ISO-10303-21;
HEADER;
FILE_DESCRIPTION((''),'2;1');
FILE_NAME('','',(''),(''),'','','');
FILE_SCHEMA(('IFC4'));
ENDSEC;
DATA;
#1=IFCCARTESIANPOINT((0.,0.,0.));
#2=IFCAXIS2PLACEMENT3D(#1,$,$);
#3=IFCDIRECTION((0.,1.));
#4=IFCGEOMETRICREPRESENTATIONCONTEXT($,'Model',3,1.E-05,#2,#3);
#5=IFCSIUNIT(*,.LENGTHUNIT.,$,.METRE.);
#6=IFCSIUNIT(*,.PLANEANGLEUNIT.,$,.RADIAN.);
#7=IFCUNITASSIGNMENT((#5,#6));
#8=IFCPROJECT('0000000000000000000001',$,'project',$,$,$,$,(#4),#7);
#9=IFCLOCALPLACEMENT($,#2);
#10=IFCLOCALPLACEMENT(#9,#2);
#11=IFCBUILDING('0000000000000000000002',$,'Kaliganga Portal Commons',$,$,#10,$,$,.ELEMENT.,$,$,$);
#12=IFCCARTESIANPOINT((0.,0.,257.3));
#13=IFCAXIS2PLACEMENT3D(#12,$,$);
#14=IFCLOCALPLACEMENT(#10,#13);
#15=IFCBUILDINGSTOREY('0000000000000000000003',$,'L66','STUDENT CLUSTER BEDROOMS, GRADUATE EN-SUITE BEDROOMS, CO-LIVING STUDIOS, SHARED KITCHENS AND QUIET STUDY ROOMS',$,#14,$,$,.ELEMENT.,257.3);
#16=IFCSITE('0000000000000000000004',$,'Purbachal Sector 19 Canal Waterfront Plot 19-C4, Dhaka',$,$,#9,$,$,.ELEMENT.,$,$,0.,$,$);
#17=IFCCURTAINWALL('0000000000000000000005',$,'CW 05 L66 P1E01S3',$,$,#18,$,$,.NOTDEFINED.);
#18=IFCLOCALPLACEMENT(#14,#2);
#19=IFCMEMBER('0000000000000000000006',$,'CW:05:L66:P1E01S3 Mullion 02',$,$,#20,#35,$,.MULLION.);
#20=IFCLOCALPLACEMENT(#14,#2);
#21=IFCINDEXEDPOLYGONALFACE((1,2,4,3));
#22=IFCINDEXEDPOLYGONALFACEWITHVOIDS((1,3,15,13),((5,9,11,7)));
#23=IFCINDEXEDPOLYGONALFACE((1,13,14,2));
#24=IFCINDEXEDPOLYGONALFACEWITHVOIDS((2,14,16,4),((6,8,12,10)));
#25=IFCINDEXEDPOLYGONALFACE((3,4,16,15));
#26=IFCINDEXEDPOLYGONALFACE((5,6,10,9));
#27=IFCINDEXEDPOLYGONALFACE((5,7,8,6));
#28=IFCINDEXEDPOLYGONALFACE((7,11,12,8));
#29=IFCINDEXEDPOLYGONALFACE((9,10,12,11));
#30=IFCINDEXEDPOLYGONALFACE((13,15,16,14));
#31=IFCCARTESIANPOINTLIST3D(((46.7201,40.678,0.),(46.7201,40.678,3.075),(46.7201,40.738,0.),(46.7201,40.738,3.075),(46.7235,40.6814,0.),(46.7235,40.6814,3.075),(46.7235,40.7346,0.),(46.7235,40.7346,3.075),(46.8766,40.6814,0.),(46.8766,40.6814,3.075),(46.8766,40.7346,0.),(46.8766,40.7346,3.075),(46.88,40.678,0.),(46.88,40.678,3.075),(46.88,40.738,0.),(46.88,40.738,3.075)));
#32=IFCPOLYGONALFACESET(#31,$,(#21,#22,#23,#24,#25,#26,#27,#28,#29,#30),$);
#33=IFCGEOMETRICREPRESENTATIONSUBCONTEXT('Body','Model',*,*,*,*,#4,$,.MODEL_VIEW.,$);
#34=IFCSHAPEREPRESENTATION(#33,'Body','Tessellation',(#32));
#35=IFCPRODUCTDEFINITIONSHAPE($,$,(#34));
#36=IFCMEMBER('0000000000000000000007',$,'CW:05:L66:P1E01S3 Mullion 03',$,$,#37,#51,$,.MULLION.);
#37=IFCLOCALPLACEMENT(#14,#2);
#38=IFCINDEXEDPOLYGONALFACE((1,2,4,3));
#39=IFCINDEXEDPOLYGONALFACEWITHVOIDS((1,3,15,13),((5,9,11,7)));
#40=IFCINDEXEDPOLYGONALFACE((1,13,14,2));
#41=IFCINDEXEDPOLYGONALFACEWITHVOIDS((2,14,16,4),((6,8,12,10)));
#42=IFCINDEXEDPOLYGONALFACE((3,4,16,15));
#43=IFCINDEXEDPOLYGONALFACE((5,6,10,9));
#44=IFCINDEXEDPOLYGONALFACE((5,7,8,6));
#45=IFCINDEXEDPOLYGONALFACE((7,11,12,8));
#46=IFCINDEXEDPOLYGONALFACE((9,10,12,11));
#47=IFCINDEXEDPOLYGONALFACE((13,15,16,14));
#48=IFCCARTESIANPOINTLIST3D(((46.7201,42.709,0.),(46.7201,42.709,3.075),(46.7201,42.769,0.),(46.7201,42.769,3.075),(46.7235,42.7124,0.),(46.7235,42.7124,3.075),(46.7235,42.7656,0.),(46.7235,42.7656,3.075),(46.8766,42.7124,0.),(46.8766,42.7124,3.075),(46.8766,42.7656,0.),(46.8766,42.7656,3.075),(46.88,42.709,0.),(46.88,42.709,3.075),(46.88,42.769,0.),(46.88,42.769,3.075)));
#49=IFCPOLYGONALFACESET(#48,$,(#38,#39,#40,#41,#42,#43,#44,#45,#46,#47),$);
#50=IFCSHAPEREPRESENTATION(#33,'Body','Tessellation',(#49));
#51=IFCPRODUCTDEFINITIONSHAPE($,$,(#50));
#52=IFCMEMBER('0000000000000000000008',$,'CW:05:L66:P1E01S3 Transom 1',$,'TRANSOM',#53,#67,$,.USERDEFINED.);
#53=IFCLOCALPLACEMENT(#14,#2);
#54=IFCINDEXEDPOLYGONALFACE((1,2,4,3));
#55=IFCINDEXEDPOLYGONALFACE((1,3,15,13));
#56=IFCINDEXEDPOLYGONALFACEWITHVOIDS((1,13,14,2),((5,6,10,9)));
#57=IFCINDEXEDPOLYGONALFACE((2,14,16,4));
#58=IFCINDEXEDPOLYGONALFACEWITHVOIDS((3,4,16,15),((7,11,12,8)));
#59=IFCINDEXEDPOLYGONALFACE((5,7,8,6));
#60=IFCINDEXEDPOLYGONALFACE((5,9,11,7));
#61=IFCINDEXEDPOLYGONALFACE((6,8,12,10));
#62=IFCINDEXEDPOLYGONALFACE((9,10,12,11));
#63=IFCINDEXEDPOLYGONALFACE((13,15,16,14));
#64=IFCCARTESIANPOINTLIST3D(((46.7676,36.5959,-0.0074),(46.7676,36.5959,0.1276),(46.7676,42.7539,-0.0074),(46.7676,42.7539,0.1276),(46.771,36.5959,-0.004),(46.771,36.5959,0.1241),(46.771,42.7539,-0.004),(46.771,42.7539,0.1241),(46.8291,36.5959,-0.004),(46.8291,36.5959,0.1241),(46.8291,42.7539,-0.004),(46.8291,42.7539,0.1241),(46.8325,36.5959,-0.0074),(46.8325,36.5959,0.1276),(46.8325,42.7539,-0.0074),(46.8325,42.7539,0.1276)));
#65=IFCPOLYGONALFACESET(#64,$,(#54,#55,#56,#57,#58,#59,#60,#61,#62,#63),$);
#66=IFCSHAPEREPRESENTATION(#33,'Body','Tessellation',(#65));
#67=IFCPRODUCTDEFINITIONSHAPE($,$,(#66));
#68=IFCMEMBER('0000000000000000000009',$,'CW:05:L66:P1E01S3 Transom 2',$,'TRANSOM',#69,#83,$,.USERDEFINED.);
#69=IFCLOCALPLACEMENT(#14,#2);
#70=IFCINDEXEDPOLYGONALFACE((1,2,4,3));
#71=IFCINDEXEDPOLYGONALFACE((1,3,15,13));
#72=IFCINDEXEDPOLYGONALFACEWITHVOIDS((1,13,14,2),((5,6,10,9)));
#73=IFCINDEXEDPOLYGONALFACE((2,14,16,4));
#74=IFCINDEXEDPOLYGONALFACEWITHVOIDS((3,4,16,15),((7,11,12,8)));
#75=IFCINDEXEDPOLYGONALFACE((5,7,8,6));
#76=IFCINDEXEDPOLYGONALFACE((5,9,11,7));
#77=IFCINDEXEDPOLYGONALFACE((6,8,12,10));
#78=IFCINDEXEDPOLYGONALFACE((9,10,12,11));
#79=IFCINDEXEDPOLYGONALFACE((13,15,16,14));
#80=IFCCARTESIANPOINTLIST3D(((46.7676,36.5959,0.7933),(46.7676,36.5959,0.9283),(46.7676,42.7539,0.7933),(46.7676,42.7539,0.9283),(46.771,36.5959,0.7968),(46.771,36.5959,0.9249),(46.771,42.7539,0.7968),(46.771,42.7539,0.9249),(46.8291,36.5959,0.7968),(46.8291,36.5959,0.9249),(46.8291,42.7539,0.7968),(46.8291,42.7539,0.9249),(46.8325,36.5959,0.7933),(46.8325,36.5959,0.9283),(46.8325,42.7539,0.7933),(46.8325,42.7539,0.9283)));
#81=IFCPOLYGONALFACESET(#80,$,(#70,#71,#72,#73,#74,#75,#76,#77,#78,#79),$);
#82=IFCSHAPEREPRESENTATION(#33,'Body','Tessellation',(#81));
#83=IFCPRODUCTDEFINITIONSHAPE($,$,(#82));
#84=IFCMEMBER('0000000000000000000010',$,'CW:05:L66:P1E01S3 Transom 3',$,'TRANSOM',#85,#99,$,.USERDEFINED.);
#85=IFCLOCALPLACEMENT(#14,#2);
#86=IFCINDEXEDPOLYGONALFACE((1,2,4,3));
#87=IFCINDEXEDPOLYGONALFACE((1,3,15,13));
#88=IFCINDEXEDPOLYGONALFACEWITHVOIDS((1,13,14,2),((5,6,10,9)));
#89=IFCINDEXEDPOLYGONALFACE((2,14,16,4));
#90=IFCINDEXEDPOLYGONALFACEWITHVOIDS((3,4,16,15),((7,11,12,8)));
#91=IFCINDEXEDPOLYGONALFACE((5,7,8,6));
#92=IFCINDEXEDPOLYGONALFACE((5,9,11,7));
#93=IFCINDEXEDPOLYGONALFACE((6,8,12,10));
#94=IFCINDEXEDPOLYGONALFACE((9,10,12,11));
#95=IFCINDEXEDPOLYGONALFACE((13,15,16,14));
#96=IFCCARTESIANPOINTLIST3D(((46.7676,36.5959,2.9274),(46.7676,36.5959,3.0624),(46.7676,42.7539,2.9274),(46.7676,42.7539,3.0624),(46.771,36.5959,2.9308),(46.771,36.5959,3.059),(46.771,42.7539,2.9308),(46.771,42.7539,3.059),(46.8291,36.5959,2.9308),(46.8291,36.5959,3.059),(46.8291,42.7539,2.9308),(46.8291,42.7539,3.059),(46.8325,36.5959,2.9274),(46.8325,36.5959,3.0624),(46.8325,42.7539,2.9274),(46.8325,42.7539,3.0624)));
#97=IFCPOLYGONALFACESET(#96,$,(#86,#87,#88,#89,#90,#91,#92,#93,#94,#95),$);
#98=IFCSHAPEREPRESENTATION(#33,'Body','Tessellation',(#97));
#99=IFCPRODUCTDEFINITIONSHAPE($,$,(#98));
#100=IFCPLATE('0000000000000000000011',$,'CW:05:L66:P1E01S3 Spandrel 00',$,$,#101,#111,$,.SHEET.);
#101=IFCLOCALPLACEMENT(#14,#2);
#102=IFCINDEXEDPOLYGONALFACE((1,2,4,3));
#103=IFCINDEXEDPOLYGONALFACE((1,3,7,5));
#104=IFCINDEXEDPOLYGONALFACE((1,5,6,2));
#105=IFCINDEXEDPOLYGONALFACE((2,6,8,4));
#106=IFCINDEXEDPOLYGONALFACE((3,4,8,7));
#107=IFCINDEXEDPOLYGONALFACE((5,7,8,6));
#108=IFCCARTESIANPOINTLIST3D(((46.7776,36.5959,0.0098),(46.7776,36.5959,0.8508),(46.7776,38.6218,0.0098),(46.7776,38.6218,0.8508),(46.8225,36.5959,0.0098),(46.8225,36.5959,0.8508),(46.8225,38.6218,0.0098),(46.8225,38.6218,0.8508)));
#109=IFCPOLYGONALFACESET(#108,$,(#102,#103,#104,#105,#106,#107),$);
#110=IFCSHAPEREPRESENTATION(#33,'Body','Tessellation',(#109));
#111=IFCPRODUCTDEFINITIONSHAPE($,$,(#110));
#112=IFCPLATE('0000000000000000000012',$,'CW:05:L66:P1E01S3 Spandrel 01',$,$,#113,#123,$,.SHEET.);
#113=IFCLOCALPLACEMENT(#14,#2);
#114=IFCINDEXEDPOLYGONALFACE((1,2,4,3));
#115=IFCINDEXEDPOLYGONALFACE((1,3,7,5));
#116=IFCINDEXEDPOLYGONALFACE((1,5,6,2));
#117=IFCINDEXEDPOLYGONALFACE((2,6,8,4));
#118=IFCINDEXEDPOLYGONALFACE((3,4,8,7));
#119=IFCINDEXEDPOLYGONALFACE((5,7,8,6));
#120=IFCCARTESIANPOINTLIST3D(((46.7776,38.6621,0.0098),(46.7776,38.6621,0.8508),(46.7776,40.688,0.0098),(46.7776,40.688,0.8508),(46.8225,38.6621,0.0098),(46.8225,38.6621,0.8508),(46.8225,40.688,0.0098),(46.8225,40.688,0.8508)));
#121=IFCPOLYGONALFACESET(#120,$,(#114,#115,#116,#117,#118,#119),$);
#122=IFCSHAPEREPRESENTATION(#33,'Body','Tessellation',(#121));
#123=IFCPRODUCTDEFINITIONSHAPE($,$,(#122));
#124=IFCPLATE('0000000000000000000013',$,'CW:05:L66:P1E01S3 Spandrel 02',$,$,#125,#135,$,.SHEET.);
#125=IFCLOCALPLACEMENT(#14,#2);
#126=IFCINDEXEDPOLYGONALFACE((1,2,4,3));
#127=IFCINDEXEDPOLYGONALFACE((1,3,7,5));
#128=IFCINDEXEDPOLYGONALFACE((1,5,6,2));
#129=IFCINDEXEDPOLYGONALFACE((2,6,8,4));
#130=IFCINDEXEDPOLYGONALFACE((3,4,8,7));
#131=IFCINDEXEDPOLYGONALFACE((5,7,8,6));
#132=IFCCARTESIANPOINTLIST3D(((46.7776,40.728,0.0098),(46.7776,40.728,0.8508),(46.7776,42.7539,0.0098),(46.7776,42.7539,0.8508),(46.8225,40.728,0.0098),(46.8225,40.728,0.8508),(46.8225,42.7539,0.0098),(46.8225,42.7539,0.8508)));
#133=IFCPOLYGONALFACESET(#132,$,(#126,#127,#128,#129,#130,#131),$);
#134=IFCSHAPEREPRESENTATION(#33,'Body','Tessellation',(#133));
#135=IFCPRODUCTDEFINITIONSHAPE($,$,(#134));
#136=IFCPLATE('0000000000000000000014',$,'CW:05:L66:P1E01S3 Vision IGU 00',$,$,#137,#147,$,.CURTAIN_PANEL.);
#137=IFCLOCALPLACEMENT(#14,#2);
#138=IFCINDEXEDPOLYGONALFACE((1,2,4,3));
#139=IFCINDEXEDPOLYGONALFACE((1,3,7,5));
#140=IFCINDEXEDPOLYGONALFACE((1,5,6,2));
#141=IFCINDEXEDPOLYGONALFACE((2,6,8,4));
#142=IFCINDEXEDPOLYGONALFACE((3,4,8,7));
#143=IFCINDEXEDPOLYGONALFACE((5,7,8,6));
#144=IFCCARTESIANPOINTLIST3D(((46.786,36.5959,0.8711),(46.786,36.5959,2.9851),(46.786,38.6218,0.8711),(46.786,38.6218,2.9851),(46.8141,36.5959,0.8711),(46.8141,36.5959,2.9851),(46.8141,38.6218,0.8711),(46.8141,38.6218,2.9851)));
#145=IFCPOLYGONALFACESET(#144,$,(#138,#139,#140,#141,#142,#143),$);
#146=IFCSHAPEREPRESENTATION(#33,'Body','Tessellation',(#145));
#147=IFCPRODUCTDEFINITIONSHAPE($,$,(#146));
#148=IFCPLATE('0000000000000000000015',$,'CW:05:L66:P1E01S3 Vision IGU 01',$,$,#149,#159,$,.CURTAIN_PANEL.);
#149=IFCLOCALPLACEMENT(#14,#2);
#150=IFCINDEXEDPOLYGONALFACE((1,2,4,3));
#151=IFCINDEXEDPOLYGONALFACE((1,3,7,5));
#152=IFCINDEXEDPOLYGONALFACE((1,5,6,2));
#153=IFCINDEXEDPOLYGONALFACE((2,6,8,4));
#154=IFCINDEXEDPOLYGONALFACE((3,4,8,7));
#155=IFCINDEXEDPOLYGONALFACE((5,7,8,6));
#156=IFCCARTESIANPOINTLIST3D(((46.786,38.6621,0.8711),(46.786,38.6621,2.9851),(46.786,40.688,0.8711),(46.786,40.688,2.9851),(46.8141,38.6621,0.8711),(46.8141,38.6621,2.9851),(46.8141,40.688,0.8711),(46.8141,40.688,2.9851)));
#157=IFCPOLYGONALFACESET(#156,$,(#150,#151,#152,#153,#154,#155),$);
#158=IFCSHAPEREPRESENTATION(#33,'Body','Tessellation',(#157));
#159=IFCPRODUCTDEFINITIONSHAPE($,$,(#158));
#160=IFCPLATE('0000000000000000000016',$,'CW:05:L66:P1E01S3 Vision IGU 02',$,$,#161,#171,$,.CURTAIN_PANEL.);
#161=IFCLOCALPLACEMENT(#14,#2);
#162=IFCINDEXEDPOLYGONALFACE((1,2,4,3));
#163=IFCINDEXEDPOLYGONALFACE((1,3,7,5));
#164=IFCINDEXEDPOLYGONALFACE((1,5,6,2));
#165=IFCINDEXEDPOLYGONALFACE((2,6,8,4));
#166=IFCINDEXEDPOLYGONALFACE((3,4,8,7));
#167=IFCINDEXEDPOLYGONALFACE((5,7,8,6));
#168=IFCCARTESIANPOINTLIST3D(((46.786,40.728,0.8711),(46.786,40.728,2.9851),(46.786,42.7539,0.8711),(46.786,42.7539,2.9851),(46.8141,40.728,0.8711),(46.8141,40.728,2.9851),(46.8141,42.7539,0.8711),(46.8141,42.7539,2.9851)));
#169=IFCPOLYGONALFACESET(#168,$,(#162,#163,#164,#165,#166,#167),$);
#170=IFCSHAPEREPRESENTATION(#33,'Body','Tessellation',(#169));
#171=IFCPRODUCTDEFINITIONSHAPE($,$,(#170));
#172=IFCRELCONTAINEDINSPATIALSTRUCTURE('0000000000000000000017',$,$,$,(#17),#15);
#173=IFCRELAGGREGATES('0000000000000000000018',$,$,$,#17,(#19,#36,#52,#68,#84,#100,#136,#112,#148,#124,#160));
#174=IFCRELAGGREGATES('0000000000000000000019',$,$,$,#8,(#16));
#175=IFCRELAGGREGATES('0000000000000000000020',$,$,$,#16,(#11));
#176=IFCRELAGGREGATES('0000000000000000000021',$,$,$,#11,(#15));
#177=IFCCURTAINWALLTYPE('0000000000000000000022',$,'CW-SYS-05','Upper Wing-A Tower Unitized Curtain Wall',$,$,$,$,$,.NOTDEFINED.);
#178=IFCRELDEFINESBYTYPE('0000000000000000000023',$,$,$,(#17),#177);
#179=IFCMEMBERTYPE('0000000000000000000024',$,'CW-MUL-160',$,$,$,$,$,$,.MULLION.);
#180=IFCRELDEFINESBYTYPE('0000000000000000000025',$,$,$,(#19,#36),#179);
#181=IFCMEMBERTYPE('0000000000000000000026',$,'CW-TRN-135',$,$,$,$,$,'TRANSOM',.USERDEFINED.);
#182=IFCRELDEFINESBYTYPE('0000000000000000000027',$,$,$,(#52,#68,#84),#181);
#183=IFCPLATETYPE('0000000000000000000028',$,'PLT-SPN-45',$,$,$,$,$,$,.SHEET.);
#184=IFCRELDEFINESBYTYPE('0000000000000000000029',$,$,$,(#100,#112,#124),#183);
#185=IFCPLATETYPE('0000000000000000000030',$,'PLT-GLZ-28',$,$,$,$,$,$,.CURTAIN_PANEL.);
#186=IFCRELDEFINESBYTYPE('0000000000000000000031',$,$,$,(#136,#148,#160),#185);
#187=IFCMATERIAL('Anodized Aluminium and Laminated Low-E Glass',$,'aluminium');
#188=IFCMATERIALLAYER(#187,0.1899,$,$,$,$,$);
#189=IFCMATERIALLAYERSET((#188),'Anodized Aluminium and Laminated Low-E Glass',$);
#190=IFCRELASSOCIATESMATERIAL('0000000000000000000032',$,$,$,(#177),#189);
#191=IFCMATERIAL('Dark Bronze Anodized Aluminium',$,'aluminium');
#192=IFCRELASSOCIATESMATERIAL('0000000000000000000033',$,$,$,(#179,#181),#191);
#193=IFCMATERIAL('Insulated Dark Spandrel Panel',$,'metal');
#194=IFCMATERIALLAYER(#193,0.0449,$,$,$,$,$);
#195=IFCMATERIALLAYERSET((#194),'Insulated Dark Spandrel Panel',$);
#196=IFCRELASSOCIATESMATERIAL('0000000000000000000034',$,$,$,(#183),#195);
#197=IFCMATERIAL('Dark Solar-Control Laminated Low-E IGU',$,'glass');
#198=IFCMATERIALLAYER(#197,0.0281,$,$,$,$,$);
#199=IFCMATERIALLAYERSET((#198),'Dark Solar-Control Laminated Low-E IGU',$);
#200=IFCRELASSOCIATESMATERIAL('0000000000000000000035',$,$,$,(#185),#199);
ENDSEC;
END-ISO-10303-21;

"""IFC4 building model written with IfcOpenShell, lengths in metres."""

from ifc_helpers import new_model, si_unit, direction, frame, origin, origin_2d, place, context, subcontext, project, spatial, rectangle, hollow_rectangle, extrude, source, transform, mapped, material, layer, layer_set, material_profile, profile_set, type_object, element, aggregate, save


model = new_model("IFC4")

# Units and contexts
model_context = context("Model", 3, precision=1e-05, world=origin(), true_north=direction((0.0, 1.0)))
body_context = subcontext(model_context, "Body", "Model", "MODEL_VIEW")
ifc_project = project(units=[si_unit("LENGTHUNIT", "METRE"), si_unit("PLANEANGLEUNIT", "RADIAN")], contexts=[model_context])

# Site, building, storey
site_placement = place(None, origin())
site = spatial("IfcSite", under=ifc_project, at=site_placement, Name="Purbachal Sector 19 Canal Waterfront Plot 19-C4, Dhaka", CompositionType="ELEMENT", RefElevation=0.0)
building_placement = place(site_placement, origin())
building = spatial("IfcBuilding", under=site, at=building_placement, Name="Kaliganga Portal Commons", CompositionType="ELEMENT")
storey_placement = place(building_placement, frame((0.0, 0.0, 257.3)))
storey = spatial("IfcBuildingStorey", under=building, at=storey_placement, Name="L66", Description="STUDENT CLUSTER BEDROOMS, GRADUATE EN-SUITE BEDROOMS, CO-LIVING STUDIOS, SHARED KITCHENS AND QUIET STUDY ROOMS", CompositionType="ELEMENT", Elevation=257.3)

# Shared definitions
ifc_material_1 = material(Name="Anodized Aluminium and Laminated Low-E Glass", Category="aluminium")
ifc_layer_1 = layer(ifc_material_1, 0.1899)
ifc_layer_set_1 = layer_set([ifc_layer_1], Name="Anodized Aluminium and Laminated Low-E Glass")
curtain_wall_type = type_object("IfcCurtainWallType", Name="CW-SYS-05", Description="Upper Wing-A Tower Unitized Curtain Wall", PredefinedType="NOTDEFINED", material=ifc_layer_set_1)
ifc_material_2 = material(Name="Dark Bronze Anodized Aluminium", Category="aluminium")
ifc_material_profile_1 = material_profile(ifc_material_2, hollow_rectangle(XDim=0.0601, YDim=0.1599, WallThickness=0.0034, at=origin_2d()), Name="ALU MULL 60x160x3.5")
ifc_profile_set_1 = profile_set([ifc_material_profile_1], Name="Dark Bronze Anodized Aluminium")
member_type_1 = type_object("IfcMemberType", Name="CW-MUL-160", PredefinedType="MULLION", material=ifc_profile_set_1)
shared_shape_1 = source(origin(), body_context, "Body", "SweptSolid", [
    extrude(hollow_rectangle(XDim=0.0601, YDim=0.1599, WallThickness=0.0034, at=origin_2d()), origin(), (0.0, 0.0, 1.0), 3.075),
])

# Curtain wall, members, plates
curtain_wall_1_placement = place(storey_placement, origin())
curtain_wall_1 = element("IfcCurtainWall", 1, at=curtain_wall_1_placement, inside=storey, type_object=curtain_wall_type, Name="CW 05 L66 P1E01S3", PredefinedType="NOTDEFINED")
member_1_placement = place(storey_placement, frame((46.8, 40.708, 0.0), z_axis=(0.0, 0.0, 1.0), x_axis=(0.0, 1.0, 0.0)))
member_1 = element("IfcMember", 2, at=member_1_placement, type_object=member_type_1, Name="CW:05:L66:P1E01S3 Mullion 02", PredefinedType="MULLION", context=body_context, shape_type="MappedRepresentation", body=[
    mapped(shared_shape_1, transform((0.0, 0.0, 0.0), x_axis=(1.0, 0.0, 0.0), y_axis=(0.0, 1.0, 0.0), z_axis=(0.0, 0.0, 1.0), scale=1.0)),
])
member_2_placement = place(storey_placement, frame((46.8, 42.739, 0.0), z_axis=(0.0, 0.0, 1.0), x_axis=(0.0, 1.0, 0.0)))
member_2 = element("IfcMember", 3, at=member_2_placement, type_object=member_type_1, Name="CW:05:L66:P1E01S3 Mullion 03", PredefinedType="MULLION", context=body_context, shape_type="MappedRepresentation", body=[
    mapped(shared_shape_1, transform((0.0, 0.0, 0.0), x_axis=(1.0, 0.0, 0.0), y_axis=(0.0, 1.0, 0.0), z_axis=(0.0, 0.0, 1.0), scale=1.0)),
])
ifc_material_profile_2 = material_profile(ifc_material_2, hollow_rectangle(XDim=0.0649, YDim=0.135, WallThickness=0.0034, at=origin_2d()), Name="ALU TRAN 65x135x3.5")
ifc_profile_set_2 = profile_set([ifc_material_profile_2], Name="Dark Bronze Anodized Aluminium")
member_type_2 = type_object("IfcMemberType", Name="CW-TRN-135", ElementType="TRANSOM", PredefinedType="USERDEFINED", material=ifc_profile_set_2)
shared_shape_2 = source(origin(), body_context, "Body", "SweptSolid", [
    extrude(hollow_rectangle(XDim=0.0649, YDim=0.135, WallThickness=0.0034, at=origin_2d()), origin(), (0.0, 0.0, 1.0), 6.158),
])
member_3_placement = place(storey_placement, frame((46.8, 36.5959, 0.0601), z_axis=(0.0, 1.0, 0.0), x_axis=(-1.0, 0.0, 0.0)))
member_3 = element("IfcMember", 4, at=member_3_placement, type_object=member_type_2, Name="CW:05:L66:P1E01S3 Transom 1", ObjectType="TRANSOM", PredefinedType="USERDEFINED", context=body_context, shape_type="MappedRepresentation", body=[
    mapped(shared_shape_2, transform((0.0, 0.0, 0.0), x_axis=(1.0, 0.0, 0.0), y_axis=(0.0, 1.0, 0.0), z_axis=(0.0, 0.0, 1.0), scale=1.0)),
])
member_4_placement = place(storey_placement, frame((46.8, 36.5959, 0.8608), z_axis=(0.0, 1.0, 0.0), x_axis=(-1.0, 0.0, 0.0)))
member_4 = element("IfcMember", 5, at=member_4_placement, type_object=member_type_2, Name="CW:05:L66:P1E01S3 Transom 2", ObjectType="TRANSOM", PredefinedType="USERDEFINED", context=body_context, shape_type="MappedRepresentation", body=[
    mapped(shared_shape_2, transform((0.0, 0.0, 0.0), x_axis=(1.0, 0.0, 0.0), y_axis=(0.0, 1.0, 0.0), z_axis=(0.0, 0.0, 1.0), scale=1.0)),
])
member_5_placement = place(storey_placement, frame((46.8, 36.5959, 2.9949), z_axis=(0.0, 1.0, 0.0), x_axis=(-1.0, 0.0, 0.0)))
member_5 = element("IfcMember", 6, at=member_5_placement, type_object=member_type_2, Name="CW:05:L66:P1E01S3 Transom 3", ObjectType="TRANSOM", PredefinedType="USERDEFINED", context=body_context, shape_type="MappedRepresentation", body=[
    mapped(shared_shape_2, transform((0.0, 0.0, 0.0), x_axis=(1.0, 0.0, 0.0), y_axis=(0.0, 1.0, 0.0), z_axis=(0.0, 0.0, 1.0), scale=1.0)),
])
ifc_material_3 = material(Name="Insulated Dark Spandrel Panel", Category="metal")
ifc_layer_2 = layer(ifc_material_3, 0.0449)
ifc_layer_set_2 = layer_set([ifc_layer_2], Name="Insulated Dark Spandrel Panel")
plate_type_1 = type_object("IfcPlateType", Name="PLT-SPN-45", PredefinedType="SHEET", material=ifc_layer_set_2)
shared_shape_3 = source(origin(), body_context, "Body", "SweptSolid", [
    extrude(rectangle(XDim=2.0259, YDim=0.0449, at=origin_2d()), origin(), (0.0, 0.0, 1.0), 0.8411),
])
plate_1_placement = place(storey_placement, frame((46.8, 37.6089, 0.0098), z_axis=(0.0, 0.0, 1.0), x_axis=(0.0, 1.0, 0.0)))
plate_1 = element("IfcPlate", 7, at=plate_1_placement, type_object=plate_type_1, Name="CW:05:L66:P1E01S3 Spandrel 00", PredefinedType="SHEET", context=body_context, shape_type="MappedRepresentation", body=[
    mapped(shared_shape_3, transform((0.0, 0.0, 0.0), x_axis=(1.0, 0.0, 0.0), y_axis=(0.0, 1.0, 0.0), z_axis=(0.0, 0.0, 1.0), scale=1.0)),
])
plate_2_placement = place(storey_placement, frame((46.8, 39.675, 0.0098), z_axis=(0.0, 0.0, 1.0), x_axis=(0.0, 1.0, 0.0)))
plate_2 = element("IfcPlate", 8, at=plate_2_placement, type_object=plate_type_1, Name="CW:05:L66:P1E01S3 Spandrel 01", PredefinedType="SHEET", context=body_context, shape_type="MappedRepresentation", body=[
    mapped(shared_shape_3, transform((0.0, 0.0, 0.0), x_axis=(1.0, 0.0, 0.0), y_axis=(0.0, 1.0, 0.0), z_axis=(0.0, 0.0, 1.0), scale=1.0)),
])
plate_3_placement = place(storey_placement, frame((46.8, 41.741, 0.0098), z_axis=(0.0, 0.0, 1.0), x_axis=(0.0, 1.0, 0.0)))
plate_3 = element("IfcPlate", 9, at=plate_3_placement, type_object=plate_type_1, Name="CW:05:L66:P1E01S3 Spandrel 02", PredefinedType="SHEET", context=body_context, shape_type="MappedRepresentation", body=[
    mapped(shared_shape_3, transform((0.0, 0.0, 0.0), x_axis=(1.0, 0.0, 0.0), y_axis=(0.0, 1.0, 0.0), z_axis=(0.0, 0.0, 1.0), scale=1.0)),
])
ifc_material_4 = material(Name="Dark Solar-Control Laminated Low-E IGU", Category="glass")
ifc_layer_3 = layer(ifc_material_4, 0.0281)
ifc_layer_set_3 = layer_set([ifc_layer_3], Name="Dark Solar-Control Laminated Low-E IGU")
plate_type_2 = type_object("IfcPlateType", Name="PLT-GLZ-28", PredefinedType="CURTAIN_PANEL", material=ifc_layer_set_3)
shared_shape_4 = source(origin(), body_context, "Body", "SweptSolid", [
    extrude(rectangle(XDim=2.0259, YDim=0.0281, at=origin_2d()), origin(), (0.0, 0.0, 1.0), 2.114),
])
plate_4_placement = place(storey_placement, frame((46.8, 37.6089, 0.8711), z_axis=(0.0, 0.0, 1.0), x_axis=(0.0, 1.0, 0.0)))
plate_4 = element("IfcPlate", 10, at=plate_4_placement, type_object=plate_type_2, Name="CW:05:L66:P1E01S3 Vision IGU 00", PredefinedType="CURTAIN_PANEL", context=body_context, shape_type="MappedRepresentation", body=[
    mapped(shared_shape_4, transform((0.0, 0.0, 0.0), x_axis=(1.0, 0.0, 0.0), y_axis=(0.0, 1.0, 0.0), z_axis=(0.0, 0.0, 1.0), scale=1.0)),
])
plate_5_placement = place(storey_placement, frame((46.8, 39.675, 0.8711), z_axis=(0.0, 0.0, 1.0), x_axis=(0.0, 1.0, 0.0)))
plate_5 = element("IfcPlate", 11, at=plate_5_placement, type_object=plate_type_2, Name="CW:05:L66:P1E01S3 Vision IGU 01", PredefinedType="CURTAIN_PANEL", context=body_context, shape_type="MappedRepresentation", body=[
    mapped(shared_shape_4, transform((0.0, 0.0, 0.0), x_axis=(1.0, 0.0, 0.0), y_axis=(0.0, 1.0, 0.0), z_axis=(0.0, 0.0, 1.0), scale=1.0)),
])
plate_6_placement = place(storey_placement, frame((46.8, 41.741, 0.8711), z_axis=(0.0, 0.0, 1.0), x_axis=(0.0, 1.0, 0.0)))
plate_6 = element("IfcPlate", 12, at=plate_6_placement, type_object=plate_type_2, Name="CW:05:L66:P1E01S3 Vision IGU 02", PredefinedType="CURTAIN_PANEL", context=body_context, shape_type="MappedRepresentation", body=[
    mapped(shared_shape_4, transform((0.0, 0.0, 0.0), x_axis=(1.0, 0.0, 0.0), y_axis=(0.0, 1.0, 0.0), z_axis=(0.0, 0.0, 1.0), scale=1.0)),
])
aggregate(curtain_wall_1, [member_1, member_2, member_3, member_4, member_5, plate_1, plate_4, plate_2, plate_5, plate_3, plate_6])

save(model, "model.ifc")
